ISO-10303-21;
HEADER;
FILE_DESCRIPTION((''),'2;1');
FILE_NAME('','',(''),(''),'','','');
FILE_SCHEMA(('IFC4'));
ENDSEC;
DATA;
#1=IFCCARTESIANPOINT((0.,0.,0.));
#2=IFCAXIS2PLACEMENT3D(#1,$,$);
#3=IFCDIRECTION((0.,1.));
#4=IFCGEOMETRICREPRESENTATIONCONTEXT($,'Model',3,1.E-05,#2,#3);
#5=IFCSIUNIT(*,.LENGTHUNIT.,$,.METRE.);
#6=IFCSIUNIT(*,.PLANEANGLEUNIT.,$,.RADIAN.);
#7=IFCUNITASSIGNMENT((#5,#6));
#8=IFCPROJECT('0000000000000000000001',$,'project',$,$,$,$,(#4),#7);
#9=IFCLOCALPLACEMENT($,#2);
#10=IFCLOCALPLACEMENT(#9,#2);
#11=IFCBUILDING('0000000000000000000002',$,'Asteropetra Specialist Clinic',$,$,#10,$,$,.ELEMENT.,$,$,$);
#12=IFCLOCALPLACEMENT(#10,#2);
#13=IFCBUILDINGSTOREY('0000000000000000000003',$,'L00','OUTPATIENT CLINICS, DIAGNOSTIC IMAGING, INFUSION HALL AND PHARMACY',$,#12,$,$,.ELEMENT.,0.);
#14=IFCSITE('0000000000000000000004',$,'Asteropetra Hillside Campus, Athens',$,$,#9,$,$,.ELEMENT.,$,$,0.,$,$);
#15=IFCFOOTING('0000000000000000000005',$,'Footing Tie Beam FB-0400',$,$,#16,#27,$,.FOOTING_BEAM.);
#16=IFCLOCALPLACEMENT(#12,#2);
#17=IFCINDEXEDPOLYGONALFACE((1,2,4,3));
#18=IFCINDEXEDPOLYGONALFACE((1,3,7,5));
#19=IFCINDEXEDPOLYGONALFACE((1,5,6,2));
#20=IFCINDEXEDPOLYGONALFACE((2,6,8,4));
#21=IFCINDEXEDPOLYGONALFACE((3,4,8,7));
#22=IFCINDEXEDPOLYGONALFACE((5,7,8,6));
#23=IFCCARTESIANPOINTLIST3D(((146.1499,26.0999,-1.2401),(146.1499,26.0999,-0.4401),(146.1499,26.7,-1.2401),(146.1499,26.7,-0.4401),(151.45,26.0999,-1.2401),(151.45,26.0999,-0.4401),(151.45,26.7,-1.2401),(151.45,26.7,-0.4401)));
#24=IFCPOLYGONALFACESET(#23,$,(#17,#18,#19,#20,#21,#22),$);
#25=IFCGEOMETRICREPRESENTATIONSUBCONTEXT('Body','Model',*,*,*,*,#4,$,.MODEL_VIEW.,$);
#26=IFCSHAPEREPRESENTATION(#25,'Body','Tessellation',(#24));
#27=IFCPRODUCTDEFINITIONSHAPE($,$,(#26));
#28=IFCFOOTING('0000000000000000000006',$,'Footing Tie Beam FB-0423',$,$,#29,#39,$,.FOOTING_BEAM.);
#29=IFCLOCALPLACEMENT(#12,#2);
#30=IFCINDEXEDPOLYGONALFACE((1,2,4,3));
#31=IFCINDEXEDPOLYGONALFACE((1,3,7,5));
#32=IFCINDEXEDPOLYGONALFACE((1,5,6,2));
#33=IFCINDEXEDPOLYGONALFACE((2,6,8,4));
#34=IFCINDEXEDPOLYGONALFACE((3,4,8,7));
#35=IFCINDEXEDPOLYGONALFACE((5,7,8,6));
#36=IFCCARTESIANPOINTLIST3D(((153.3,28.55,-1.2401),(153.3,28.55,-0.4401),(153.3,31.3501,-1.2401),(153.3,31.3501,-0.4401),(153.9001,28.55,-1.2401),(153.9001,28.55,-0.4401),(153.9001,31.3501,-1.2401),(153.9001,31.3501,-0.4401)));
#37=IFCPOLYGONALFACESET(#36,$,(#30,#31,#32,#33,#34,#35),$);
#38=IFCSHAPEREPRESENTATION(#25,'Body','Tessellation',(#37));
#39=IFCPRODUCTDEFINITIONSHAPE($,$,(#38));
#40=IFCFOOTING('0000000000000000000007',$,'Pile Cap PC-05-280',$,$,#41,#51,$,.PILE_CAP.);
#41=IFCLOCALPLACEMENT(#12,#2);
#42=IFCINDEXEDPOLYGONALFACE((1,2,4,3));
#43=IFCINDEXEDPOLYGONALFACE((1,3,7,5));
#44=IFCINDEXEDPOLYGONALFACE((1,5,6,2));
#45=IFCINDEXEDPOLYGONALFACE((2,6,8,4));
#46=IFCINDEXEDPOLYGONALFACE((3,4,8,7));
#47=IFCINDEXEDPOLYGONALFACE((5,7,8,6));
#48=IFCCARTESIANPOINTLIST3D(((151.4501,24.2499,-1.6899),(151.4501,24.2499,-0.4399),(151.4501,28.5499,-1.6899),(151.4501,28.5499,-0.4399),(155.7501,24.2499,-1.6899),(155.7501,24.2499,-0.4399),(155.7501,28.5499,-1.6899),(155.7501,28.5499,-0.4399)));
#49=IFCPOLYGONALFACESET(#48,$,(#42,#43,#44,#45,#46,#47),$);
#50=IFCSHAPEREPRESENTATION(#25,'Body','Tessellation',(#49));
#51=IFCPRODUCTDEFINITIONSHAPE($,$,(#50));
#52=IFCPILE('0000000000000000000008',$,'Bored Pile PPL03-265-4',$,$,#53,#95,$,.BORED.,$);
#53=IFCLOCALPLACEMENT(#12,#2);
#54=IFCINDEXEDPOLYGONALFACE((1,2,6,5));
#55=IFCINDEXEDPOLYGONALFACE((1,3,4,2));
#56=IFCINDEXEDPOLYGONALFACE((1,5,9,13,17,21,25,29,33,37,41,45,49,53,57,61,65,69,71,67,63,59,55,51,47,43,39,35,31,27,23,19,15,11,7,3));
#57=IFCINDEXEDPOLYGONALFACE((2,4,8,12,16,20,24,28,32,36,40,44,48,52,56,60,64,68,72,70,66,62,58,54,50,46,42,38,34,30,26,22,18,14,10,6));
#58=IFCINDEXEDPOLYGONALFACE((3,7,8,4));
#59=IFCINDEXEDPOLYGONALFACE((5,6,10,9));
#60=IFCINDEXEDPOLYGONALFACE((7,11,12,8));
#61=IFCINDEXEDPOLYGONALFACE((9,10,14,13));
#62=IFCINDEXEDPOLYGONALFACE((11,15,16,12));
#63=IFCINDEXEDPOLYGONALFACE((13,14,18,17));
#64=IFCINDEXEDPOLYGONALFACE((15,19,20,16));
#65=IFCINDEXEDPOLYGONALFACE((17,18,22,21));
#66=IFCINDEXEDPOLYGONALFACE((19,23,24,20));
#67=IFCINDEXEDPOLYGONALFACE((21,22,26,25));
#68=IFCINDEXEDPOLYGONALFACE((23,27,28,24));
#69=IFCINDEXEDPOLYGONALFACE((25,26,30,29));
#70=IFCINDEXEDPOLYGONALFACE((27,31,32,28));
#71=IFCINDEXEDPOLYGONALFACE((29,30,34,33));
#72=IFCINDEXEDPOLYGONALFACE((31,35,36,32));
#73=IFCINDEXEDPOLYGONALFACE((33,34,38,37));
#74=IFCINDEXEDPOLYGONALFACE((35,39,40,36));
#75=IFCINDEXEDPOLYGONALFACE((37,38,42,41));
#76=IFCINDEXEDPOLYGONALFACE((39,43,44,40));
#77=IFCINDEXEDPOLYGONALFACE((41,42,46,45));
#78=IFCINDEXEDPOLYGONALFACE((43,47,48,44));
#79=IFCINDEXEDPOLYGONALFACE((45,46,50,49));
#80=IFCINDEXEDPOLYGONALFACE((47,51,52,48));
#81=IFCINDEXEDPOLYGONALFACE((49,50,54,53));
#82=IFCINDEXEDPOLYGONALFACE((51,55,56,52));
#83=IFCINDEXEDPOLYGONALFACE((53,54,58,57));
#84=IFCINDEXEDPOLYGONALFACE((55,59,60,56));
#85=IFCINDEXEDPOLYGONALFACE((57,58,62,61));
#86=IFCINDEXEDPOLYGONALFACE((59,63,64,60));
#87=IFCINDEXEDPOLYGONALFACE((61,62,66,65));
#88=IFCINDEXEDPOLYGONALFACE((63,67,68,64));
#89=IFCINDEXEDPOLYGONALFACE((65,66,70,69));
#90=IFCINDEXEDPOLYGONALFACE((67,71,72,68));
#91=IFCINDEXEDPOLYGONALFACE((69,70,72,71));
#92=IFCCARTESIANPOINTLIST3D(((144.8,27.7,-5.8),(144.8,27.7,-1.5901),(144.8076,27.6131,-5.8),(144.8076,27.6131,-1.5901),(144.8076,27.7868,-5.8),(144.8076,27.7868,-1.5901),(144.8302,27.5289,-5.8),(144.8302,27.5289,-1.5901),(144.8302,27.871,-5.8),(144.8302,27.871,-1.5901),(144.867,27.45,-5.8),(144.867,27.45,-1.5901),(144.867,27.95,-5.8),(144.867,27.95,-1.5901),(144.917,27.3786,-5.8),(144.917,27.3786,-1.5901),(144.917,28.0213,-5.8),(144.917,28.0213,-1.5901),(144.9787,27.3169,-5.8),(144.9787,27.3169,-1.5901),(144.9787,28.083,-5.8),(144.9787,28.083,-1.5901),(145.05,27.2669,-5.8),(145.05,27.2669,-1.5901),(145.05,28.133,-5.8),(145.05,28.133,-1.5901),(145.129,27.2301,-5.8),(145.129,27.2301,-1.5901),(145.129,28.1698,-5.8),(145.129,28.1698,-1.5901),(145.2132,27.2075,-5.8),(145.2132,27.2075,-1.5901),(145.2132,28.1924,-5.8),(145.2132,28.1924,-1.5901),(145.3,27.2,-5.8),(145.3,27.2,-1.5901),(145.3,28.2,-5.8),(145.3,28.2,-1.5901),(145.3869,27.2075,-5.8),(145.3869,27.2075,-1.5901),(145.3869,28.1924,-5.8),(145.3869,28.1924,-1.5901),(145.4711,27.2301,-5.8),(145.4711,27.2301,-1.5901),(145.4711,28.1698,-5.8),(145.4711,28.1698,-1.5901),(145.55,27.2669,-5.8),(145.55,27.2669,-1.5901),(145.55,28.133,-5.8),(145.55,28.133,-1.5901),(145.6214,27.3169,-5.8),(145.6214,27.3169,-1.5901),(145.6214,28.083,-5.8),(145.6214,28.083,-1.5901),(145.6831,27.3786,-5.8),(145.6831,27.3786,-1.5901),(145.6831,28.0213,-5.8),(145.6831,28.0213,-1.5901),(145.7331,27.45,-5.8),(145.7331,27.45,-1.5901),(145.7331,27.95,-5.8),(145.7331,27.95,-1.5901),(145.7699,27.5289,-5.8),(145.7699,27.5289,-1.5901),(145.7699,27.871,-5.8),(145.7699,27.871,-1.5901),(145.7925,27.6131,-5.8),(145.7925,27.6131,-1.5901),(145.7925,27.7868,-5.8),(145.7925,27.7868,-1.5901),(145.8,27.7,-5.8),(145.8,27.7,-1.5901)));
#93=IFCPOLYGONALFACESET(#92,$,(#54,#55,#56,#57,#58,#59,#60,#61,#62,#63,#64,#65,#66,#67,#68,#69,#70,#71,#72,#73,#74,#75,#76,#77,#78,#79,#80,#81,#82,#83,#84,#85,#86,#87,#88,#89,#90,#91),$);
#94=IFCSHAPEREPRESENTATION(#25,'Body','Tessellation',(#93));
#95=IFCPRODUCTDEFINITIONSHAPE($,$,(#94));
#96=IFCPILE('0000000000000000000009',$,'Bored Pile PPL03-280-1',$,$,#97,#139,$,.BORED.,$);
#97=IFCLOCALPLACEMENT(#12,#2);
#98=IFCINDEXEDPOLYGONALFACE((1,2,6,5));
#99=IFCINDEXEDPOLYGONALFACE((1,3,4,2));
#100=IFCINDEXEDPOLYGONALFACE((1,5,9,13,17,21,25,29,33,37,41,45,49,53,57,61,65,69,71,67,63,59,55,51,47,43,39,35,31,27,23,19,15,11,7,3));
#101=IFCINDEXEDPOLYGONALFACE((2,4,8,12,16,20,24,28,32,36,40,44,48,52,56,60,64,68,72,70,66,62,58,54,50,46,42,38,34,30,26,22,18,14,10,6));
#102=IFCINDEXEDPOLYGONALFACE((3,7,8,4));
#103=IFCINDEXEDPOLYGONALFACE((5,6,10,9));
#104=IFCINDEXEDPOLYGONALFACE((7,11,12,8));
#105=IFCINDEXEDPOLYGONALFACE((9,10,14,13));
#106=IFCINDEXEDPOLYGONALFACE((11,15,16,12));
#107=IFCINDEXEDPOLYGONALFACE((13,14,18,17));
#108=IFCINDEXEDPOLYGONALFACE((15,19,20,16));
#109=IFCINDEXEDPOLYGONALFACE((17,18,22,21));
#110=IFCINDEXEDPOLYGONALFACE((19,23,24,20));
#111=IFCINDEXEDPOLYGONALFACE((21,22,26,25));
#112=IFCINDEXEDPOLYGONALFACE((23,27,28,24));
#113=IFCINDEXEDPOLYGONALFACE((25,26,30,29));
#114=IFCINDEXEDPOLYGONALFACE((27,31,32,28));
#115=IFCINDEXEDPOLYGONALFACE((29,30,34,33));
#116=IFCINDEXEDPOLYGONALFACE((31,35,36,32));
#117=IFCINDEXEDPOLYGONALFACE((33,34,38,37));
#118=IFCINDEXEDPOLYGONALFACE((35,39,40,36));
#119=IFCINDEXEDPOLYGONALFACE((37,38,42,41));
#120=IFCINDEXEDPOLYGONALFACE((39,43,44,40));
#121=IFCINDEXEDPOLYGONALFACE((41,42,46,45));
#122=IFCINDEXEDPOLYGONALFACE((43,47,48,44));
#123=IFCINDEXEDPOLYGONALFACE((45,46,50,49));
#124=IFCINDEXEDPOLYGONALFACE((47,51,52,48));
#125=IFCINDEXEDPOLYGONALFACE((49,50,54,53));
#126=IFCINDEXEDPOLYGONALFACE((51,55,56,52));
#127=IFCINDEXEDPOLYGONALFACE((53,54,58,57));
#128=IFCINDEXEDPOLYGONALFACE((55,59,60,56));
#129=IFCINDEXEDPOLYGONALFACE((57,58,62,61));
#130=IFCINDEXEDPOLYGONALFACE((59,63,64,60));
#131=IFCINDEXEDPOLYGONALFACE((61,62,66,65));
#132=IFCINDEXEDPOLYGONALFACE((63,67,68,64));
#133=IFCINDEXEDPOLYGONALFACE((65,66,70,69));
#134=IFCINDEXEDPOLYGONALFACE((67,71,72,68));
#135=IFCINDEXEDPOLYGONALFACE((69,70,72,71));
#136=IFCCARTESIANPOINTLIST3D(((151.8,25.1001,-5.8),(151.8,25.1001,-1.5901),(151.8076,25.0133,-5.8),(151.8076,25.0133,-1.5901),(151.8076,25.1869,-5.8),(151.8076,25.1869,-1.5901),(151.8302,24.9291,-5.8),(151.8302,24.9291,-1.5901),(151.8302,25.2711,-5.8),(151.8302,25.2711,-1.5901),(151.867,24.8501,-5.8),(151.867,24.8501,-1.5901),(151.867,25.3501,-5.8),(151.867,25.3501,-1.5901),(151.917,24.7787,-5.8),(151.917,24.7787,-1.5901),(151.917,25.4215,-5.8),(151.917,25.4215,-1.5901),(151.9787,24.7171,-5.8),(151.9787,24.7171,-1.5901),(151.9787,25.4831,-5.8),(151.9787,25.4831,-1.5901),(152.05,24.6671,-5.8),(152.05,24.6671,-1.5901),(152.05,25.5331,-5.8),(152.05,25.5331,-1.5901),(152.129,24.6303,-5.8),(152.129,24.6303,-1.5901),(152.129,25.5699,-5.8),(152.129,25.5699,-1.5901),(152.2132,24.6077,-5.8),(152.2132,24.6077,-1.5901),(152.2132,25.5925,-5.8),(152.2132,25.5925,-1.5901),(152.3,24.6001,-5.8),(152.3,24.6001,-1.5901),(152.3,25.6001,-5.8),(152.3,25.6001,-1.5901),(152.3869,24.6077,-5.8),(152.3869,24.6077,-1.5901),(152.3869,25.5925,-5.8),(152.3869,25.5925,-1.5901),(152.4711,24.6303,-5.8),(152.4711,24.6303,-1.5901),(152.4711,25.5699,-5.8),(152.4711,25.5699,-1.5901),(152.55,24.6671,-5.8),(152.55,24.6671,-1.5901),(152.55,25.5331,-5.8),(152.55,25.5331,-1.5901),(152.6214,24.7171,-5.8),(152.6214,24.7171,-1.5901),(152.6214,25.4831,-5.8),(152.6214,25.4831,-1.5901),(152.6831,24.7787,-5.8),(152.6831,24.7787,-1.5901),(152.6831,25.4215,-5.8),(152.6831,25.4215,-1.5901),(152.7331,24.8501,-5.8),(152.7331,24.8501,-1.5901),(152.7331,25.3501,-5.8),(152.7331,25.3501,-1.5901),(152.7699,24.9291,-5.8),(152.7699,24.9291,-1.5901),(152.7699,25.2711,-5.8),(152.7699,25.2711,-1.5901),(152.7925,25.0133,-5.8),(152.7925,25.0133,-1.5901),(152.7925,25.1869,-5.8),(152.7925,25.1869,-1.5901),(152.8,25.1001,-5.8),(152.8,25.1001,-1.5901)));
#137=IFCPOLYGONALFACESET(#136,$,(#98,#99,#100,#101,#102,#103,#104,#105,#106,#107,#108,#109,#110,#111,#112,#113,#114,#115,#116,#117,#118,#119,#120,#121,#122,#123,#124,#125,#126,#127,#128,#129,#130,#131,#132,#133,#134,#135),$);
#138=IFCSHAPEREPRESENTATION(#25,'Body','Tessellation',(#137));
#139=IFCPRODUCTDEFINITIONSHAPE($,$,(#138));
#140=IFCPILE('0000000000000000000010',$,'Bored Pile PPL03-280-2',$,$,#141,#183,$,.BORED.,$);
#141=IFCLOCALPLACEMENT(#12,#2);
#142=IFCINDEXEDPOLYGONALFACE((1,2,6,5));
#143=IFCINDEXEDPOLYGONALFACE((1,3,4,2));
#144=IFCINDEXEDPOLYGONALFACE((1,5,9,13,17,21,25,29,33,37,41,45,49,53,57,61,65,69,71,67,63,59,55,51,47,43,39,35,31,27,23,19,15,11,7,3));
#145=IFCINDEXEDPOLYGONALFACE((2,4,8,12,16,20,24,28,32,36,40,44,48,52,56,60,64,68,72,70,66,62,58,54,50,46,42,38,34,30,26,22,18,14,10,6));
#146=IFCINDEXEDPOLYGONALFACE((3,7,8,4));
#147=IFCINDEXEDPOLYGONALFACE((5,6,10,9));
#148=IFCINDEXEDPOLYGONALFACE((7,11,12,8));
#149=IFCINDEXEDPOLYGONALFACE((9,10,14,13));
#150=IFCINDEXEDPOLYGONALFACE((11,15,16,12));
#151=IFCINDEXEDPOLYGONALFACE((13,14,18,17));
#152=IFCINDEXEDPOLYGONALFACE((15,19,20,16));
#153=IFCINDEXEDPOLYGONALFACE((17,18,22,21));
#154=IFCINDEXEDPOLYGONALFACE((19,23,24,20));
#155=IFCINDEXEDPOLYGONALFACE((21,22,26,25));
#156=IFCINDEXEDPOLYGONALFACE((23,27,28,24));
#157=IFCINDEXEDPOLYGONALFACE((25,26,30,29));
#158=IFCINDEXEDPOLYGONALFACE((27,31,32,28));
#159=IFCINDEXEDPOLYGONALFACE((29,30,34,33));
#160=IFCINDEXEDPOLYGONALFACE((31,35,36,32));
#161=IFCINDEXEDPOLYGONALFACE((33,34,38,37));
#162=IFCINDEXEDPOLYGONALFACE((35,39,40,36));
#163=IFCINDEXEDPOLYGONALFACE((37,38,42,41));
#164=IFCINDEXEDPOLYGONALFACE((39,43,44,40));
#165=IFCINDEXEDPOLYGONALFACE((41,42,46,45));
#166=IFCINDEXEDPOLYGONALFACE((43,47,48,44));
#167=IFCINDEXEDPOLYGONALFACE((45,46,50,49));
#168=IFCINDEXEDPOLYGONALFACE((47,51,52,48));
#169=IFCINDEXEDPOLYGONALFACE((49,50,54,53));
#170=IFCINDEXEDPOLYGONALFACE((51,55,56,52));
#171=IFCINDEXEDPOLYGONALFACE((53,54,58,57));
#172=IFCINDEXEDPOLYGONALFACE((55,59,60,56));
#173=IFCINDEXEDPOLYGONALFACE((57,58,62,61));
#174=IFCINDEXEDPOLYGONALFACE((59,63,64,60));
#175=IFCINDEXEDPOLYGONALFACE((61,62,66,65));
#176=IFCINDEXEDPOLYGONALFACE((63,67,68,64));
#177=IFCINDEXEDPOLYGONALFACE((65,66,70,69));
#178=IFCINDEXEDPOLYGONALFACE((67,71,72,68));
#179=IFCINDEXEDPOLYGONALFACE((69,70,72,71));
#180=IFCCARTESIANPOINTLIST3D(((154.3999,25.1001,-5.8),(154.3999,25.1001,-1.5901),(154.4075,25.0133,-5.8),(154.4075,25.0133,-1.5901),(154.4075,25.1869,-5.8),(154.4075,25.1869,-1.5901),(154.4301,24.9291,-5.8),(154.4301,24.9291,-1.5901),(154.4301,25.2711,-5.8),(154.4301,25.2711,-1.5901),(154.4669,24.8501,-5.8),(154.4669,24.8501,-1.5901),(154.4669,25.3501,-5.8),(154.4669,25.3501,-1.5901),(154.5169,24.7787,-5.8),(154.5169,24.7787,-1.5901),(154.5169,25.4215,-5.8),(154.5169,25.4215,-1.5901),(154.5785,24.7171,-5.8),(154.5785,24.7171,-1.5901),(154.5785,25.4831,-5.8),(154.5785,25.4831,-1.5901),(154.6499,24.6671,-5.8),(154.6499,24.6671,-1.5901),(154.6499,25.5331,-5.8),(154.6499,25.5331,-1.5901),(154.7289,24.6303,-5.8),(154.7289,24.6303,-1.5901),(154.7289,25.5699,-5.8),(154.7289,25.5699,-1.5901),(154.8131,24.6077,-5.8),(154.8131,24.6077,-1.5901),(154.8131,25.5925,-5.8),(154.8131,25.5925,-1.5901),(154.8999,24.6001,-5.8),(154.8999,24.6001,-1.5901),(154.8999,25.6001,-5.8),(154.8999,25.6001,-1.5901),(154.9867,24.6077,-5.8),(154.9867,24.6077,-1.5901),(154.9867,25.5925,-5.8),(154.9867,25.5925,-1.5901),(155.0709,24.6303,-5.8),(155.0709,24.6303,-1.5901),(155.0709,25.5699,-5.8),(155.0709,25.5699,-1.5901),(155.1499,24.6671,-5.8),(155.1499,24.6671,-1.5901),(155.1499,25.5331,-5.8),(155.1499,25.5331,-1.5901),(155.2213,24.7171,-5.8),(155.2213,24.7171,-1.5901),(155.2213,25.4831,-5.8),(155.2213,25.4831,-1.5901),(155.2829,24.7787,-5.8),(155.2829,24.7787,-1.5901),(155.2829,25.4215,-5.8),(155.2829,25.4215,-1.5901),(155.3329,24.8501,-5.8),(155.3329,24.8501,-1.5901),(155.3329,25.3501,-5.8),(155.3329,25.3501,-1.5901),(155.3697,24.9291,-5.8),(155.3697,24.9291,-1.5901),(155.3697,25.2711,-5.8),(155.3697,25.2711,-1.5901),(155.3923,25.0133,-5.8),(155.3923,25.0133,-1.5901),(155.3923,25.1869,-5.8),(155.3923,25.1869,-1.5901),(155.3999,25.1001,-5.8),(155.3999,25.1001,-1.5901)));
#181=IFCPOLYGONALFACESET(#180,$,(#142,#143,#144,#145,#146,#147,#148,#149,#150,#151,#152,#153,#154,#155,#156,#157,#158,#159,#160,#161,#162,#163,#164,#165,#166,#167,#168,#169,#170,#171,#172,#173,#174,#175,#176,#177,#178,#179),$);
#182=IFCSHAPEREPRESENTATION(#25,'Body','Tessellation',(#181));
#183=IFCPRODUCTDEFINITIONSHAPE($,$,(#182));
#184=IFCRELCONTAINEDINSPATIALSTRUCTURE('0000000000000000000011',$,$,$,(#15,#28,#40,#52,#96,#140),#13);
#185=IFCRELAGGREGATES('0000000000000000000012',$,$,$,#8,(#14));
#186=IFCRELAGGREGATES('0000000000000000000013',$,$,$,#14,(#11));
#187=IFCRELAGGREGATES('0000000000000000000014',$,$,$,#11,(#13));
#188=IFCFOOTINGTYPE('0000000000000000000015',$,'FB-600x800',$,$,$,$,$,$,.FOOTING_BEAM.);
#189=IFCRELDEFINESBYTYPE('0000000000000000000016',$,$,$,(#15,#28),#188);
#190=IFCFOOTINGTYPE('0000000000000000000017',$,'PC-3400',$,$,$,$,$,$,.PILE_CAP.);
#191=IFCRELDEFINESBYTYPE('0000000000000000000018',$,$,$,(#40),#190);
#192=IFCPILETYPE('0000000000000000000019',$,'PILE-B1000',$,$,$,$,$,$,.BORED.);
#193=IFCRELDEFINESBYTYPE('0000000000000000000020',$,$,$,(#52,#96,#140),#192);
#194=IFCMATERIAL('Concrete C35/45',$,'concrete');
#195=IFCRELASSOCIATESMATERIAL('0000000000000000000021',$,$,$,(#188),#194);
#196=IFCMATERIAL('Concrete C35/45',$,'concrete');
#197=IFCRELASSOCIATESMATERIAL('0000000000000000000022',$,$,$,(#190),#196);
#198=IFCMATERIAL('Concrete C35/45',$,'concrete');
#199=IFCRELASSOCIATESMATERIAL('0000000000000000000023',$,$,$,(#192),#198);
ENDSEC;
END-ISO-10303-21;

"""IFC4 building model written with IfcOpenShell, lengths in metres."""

from ifc_helpers import new_model, si_unit, direction, frame, origin, origin_2d, place, context, subcontext, project, spatial, rectangle, circle, extrude, material, material_profile, profile_set, type_object, element, save


model = new_model("IFC4")

# Units and contexts
model_context = context("Model", 3, precision=1e-05, world=origin(), true_north=direction((0.0, 1.0)))
body_context = subcontext(model_context, "Body", "Model", "MODEL_VIEW")
ifc_project = project(units=[si_unit("LENGTHUNIT", "METRE"), si_unit("PLANEANGLEUNIT", "RADIAN")], contexts=[model_context])

# Site, building, storey
site_placement = place(None, origin())
site = spatial("IfcSite", under=ifc_project, at=site_placement, Name="Asteropetra Hillside Campus, Athens", CompositionType="ELEMENT", RefElevation=0.0)
building_placement = place(site_placement, origin())
building = spatial("IfcBuilding", under=site, at=building_placement, Name="Asteropetra Specialist Clinic", CompositionType="ELEMENT")
storey_placement = place(building_placement, origin())
storey = spatial("IfcBuildingStorey", under=building, at=storey_placement, Name="L00", Description="OUTPATIENT CLINICS, DIAGNOSTIC IMAGING, INFUSION HALL AND PHARMACY", CompositionType="ELEMENT", Elevation=0.0)

# Footings
ifc_material_1 = material(Name="Concrete C35/45", Category="concrete")
ifc_material_profile_1 = material_profile(ifc_material_1, rectangle(XDim=0.6001, YDim=0.8, at=origin_2d()), Name="FB 600x800")
ifc_profile_set_1 = profile_set([ifc_material_profile_1], Name="Concrete C35/45")
footing_type_1 = type_object("IfcFootingType", Name="FB-600x800", PredefinedType="FOOTING_BEAM", material=ifc_profile_set_1)
footing_1_placement = place(storey_placement, frame((146.1499, 26.3999, -0.8401), z_axis=(1.0, 0.0, 0.0), x_axis=(0.0, 1.0, 0.0)))
element("IfcFooting", 1, at=footing_1_placement, inside=storey, type_object=footing_type_1, Name="Footing Tie Beam FB-0400", PredefinedType="FOOTING_BEAM", context=body_context, shape_type="SweptSolid", body=[
    extrude(rectangle(XDim=0.6001, YDim=0.8, at=origin_2d()), origin(), (0.0, 0.0, 1.0), 5.3),
])
footing_2_placement = place(storey_placement, frame((153.6001, 28.55, -0.8401), z_axis=(0.0, 1.0, 0.0), x_axis=(-1.0, 0.0, 0.0)))
element("IfcFooting", 2, at=footing_2_placement, inside=storey, type_object=footing_type_1, Name="Footing Tie Beam FB-0423", PredefinedType="FOOTING_BEAM", context=body_context, shape_type="SweptSolid", body=[
    extrude(rectangle(XDim=0.6001, YDim=0.8, at=origin_2d()), origin(), (0.0, 0.0, 1.0), 2.8),
])
ifc_material_2 = material(Name="Concrete C35/45", Category="concrete")
footing_type_2 = type_object("IfcFootingType", Name="PC-3400", PredefinedType="PILE_CAP", material=ifc_material_2)
footing_3_placement = place(storey_placement, frame((153.6001, 26.3999, -1.6899), z_axis=(0.0, 0.0, 1.0), x_axis=(1.0, 0.0, 0.0)))
element("IfcFooting", 3, at=footing_3_placement, inside=storey, type_object=footing_type_2, Name="Pile Cap PC-05-280", PredefinedType="PILE_CAP", context=body_context, shape_type="SweptSolid", body=[
    extrude(rectangle(XDim=4.3, YDim=4.3, at=origin_2d()), origin(), (0.0, 0.0, 1.0), 1.25),
])

# Piles
ifc_material_3 = material(Name="Concrete C35/45", Category="concrete")
ifc_material_profile_2 = material_profile(ifc_material_3, circle(Radius=0.5, at=origin_2d()), Name="PILE D1000")
ifc_profile_set_2 = profile_set([ifc_material_profile_2], Name="Concrete C35/45")
pile_type = type_object("IfcPileType", Name="PILE-B1000", PredefinedType="BORED", material=ifc_profile_set_2)
for number, where, z_axis, x_axis, name in (
    (4, (145.3, 27.7, -1.5901), (0.0, 0.0, -1.0), (1.0, 0.0, 0.0), "Bored Pile PPL03-265-4"),
    (5, (152.3, 25.1001, -1.5901), (0.0, 0.0, -1.0), (1.0, 0.0, 0.0), "Bored Pile PPL03-280-1"),
    (6, (154.8999, 25.1001, -1.5901), (0.0, 0.0, -1.0), (1.0, 0.0, 0.0), "Bored Pile PPL03-280-2"),
):
    element("IfcPile", number, at=place(storey_placement, frame(where, z_axis=z_axis, x_axis=x_axis)), inside=storey, type_object=pile_type, Name=name, PredefinedType="BORED", context=body_context, shape_type="SweptSolid", body=[
        extrude(circle(Radius=0.5, at=origin_2d()), origin(), (0.0, 0.0, 1.0), 4.21),
    ])

save(model, "model.ifc")
